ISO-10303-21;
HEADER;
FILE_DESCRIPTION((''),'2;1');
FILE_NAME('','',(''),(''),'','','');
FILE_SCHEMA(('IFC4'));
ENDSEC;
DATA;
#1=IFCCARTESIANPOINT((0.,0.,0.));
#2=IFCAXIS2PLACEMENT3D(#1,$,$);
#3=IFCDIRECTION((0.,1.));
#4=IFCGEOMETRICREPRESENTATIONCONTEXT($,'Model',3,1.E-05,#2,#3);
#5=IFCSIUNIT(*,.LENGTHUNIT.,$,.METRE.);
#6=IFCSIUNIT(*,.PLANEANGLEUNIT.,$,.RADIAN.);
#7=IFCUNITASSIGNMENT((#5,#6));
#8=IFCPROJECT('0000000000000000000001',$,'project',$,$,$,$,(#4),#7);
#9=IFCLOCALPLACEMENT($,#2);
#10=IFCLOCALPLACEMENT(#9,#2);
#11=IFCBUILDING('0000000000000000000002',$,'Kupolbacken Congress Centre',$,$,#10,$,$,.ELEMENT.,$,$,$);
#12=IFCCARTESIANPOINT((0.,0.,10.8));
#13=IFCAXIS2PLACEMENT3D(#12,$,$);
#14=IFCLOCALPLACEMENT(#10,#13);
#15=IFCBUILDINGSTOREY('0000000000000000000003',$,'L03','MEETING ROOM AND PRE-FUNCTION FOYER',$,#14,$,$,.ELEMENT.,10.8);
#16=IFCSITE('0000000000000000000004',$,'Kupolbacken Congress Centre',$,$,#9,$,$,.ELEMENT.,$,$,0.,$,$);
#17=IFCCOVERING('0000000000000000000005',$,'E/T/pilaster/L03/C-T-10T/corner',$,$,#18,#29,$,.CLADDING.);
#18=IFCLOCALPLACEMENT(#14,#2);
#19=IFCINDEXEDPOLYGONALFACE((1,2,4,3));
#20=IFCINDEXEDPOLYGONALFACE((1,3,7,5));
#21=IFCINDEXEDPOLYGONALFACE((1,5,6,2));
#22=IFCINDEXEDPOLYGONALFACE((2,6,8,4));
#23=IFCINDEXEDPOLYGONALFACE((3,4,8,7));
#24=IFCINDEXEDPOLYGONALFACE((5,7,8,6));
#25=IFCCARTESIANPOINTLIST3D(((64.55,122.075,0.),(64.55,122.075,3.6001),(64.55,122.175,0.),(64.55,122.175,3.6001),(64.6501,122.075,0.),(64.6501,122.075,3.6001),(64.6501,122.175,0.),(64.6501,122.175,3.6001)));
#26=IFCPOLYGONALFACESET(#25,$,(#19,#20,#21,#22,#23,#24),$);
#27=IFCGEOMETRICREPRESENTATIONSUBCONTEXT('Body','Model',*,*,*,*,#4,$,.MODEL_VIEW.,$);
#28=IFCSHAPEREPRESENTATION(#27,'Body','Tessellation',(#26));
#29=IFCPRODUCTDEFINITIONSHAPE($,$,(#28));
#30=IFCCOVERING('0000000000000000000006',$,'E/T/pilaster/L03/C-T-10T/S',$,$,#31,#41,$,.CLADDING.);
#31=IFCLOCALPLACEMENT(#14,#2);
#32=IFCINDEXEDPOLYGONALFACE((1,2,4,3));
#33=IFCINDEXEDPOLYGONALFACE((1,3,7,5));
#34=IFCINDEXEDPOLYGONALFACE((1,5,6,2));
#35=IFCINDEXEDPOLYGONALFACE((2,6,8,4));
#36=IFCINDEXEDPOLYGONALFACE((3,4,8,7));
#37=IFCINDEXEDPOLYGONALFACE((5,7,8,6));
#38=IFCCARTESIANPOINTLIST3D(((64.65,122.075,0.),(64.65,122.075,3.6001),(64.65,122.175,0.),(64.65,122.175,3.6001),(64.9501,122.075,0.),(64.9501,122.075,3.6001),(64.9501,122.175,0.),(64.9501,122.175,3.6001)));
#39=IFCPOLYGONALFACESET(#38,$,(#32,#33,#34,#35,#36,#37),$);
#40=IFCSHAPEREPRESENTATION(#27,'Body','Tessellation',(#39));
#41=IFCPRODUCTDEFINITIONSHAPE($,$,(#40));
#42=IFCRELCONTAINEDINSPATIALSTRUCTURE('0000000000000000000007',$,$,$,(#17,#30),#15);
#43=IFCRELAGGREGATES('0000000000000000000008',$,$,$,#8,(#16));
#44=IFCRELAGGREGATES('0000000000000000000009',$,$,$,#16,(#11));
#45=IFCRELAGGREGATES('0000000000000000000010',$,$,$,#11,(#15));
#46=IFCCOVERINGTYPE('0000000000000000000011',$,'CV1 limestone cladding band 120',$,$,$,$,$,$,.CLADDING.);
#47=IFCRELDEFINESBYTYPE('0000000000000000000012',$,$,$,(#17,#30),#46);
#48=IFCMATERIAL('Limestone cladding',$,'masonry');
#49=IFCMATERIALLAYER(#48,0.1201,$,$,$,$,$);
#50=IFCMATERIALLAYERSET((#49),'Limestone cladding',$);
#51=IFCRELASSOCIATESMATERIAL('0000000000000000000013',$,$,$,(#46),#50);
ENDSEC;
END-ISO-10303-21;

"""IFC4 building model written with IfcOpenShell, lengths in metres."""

from ifc_helpers import new_model, si_unit, direction, frame, origin, origin_2d, place, context, subcontext, project, spatial, rectangle, extrude, material, layer, layer_set, type_object, element, save


model = new_model("IFC4")

# Units and contexts
model_context = context("Model", 3, precision=1e-05, world=origin(), true_north=direction((0.0, 1.0)))
body_context = subcontext(model_context, "Body", "Model", "MODEL_VIEW")
ifc_project = project(units=[si_unit("LENGTHUNIT", "METRE"), si_unit("PLANEANGLEUNIT", "RADIAN")], contexts=[model_context])

# Site, building, storey
site_placement = place(None, origin())
site = spatial("IfcSite", under=ifc_project, at=site_placement, Name="Kupolbacken Congress Centre", CompositionType="ELEMENT", RefElevation=0.0)
building_placement = place(site_placement, origin())
building = spatial("IfcBuilding", under=site, at=building_placement, Name="Kupolbacken Congress Centre", CompositionType="ELEMENT")
storey_placement = place(building_placement, frame((0.0, 0.0, 10.8)))
storey = spatial("IfcBuildingStorey", under=building, at=storey_placement, Name="L03", Description="MEETING ROOM AND PRE-FUNCTION FOYER", CompositionType="ELEMENT", Elevation=10.8)

# Coverings
ifc_material_1 = material(Name="Limestone cladding", Category="masonry")
ifc_layer_1 = layer(ifc_material_1, 0.1201)
ifc_layer_set_1 = layer_set([ifc_layer_1], Name="Limestone cladding")
covering_type = type_object("IfcCoveringType", Name="CV1 limestone cladding band 120", PredefinedType="CLADDING", material=ifc_layer_set_1)
covering_1_placement = place(storey_placement, frame((64.6001, 122.125, 0.0), z_axis=(0.0, 0.0, 1.0), x_axis=(1.0, 0.0, 0.0)))
element("IfcCovering", 1, at=covering_1_placement, inside=storey, type_object=covering_type, Name="E/T/pilaster/L03/C-T-10T/corner", PredefinedType="CLADDING", context=body_context, shape_type="SweptSolid", body=[
    extrude(rectangle(XDim=0.1001, YDim=0.1001, at=origin_2d()), origin(), (0.0, 0.0, 1.0), 3.6001),
])
covering_2_placement = place(storey_placement, frame((64.8, 122.125, 0.0), z_axis=(0.0, 0.0, 1.0), x_axis=(1.0, 0.0, 0.0)))
element("IfcCovering", 2, at=covering_2_placement, inside=storey, type_object=covering_type, Name="E/T/pilaster/L03/C-T-10T/S", PredefinedType="CLADDING", context=body_context, shape_type="SweptSolid", body=[
    extrude(rectangle(XDim=0.3, YDim=0.1001, at=origin_2d()), origin(), (0.0, 0.0, 1.0), 3.6001),
])

save(model, "model.ifc")
